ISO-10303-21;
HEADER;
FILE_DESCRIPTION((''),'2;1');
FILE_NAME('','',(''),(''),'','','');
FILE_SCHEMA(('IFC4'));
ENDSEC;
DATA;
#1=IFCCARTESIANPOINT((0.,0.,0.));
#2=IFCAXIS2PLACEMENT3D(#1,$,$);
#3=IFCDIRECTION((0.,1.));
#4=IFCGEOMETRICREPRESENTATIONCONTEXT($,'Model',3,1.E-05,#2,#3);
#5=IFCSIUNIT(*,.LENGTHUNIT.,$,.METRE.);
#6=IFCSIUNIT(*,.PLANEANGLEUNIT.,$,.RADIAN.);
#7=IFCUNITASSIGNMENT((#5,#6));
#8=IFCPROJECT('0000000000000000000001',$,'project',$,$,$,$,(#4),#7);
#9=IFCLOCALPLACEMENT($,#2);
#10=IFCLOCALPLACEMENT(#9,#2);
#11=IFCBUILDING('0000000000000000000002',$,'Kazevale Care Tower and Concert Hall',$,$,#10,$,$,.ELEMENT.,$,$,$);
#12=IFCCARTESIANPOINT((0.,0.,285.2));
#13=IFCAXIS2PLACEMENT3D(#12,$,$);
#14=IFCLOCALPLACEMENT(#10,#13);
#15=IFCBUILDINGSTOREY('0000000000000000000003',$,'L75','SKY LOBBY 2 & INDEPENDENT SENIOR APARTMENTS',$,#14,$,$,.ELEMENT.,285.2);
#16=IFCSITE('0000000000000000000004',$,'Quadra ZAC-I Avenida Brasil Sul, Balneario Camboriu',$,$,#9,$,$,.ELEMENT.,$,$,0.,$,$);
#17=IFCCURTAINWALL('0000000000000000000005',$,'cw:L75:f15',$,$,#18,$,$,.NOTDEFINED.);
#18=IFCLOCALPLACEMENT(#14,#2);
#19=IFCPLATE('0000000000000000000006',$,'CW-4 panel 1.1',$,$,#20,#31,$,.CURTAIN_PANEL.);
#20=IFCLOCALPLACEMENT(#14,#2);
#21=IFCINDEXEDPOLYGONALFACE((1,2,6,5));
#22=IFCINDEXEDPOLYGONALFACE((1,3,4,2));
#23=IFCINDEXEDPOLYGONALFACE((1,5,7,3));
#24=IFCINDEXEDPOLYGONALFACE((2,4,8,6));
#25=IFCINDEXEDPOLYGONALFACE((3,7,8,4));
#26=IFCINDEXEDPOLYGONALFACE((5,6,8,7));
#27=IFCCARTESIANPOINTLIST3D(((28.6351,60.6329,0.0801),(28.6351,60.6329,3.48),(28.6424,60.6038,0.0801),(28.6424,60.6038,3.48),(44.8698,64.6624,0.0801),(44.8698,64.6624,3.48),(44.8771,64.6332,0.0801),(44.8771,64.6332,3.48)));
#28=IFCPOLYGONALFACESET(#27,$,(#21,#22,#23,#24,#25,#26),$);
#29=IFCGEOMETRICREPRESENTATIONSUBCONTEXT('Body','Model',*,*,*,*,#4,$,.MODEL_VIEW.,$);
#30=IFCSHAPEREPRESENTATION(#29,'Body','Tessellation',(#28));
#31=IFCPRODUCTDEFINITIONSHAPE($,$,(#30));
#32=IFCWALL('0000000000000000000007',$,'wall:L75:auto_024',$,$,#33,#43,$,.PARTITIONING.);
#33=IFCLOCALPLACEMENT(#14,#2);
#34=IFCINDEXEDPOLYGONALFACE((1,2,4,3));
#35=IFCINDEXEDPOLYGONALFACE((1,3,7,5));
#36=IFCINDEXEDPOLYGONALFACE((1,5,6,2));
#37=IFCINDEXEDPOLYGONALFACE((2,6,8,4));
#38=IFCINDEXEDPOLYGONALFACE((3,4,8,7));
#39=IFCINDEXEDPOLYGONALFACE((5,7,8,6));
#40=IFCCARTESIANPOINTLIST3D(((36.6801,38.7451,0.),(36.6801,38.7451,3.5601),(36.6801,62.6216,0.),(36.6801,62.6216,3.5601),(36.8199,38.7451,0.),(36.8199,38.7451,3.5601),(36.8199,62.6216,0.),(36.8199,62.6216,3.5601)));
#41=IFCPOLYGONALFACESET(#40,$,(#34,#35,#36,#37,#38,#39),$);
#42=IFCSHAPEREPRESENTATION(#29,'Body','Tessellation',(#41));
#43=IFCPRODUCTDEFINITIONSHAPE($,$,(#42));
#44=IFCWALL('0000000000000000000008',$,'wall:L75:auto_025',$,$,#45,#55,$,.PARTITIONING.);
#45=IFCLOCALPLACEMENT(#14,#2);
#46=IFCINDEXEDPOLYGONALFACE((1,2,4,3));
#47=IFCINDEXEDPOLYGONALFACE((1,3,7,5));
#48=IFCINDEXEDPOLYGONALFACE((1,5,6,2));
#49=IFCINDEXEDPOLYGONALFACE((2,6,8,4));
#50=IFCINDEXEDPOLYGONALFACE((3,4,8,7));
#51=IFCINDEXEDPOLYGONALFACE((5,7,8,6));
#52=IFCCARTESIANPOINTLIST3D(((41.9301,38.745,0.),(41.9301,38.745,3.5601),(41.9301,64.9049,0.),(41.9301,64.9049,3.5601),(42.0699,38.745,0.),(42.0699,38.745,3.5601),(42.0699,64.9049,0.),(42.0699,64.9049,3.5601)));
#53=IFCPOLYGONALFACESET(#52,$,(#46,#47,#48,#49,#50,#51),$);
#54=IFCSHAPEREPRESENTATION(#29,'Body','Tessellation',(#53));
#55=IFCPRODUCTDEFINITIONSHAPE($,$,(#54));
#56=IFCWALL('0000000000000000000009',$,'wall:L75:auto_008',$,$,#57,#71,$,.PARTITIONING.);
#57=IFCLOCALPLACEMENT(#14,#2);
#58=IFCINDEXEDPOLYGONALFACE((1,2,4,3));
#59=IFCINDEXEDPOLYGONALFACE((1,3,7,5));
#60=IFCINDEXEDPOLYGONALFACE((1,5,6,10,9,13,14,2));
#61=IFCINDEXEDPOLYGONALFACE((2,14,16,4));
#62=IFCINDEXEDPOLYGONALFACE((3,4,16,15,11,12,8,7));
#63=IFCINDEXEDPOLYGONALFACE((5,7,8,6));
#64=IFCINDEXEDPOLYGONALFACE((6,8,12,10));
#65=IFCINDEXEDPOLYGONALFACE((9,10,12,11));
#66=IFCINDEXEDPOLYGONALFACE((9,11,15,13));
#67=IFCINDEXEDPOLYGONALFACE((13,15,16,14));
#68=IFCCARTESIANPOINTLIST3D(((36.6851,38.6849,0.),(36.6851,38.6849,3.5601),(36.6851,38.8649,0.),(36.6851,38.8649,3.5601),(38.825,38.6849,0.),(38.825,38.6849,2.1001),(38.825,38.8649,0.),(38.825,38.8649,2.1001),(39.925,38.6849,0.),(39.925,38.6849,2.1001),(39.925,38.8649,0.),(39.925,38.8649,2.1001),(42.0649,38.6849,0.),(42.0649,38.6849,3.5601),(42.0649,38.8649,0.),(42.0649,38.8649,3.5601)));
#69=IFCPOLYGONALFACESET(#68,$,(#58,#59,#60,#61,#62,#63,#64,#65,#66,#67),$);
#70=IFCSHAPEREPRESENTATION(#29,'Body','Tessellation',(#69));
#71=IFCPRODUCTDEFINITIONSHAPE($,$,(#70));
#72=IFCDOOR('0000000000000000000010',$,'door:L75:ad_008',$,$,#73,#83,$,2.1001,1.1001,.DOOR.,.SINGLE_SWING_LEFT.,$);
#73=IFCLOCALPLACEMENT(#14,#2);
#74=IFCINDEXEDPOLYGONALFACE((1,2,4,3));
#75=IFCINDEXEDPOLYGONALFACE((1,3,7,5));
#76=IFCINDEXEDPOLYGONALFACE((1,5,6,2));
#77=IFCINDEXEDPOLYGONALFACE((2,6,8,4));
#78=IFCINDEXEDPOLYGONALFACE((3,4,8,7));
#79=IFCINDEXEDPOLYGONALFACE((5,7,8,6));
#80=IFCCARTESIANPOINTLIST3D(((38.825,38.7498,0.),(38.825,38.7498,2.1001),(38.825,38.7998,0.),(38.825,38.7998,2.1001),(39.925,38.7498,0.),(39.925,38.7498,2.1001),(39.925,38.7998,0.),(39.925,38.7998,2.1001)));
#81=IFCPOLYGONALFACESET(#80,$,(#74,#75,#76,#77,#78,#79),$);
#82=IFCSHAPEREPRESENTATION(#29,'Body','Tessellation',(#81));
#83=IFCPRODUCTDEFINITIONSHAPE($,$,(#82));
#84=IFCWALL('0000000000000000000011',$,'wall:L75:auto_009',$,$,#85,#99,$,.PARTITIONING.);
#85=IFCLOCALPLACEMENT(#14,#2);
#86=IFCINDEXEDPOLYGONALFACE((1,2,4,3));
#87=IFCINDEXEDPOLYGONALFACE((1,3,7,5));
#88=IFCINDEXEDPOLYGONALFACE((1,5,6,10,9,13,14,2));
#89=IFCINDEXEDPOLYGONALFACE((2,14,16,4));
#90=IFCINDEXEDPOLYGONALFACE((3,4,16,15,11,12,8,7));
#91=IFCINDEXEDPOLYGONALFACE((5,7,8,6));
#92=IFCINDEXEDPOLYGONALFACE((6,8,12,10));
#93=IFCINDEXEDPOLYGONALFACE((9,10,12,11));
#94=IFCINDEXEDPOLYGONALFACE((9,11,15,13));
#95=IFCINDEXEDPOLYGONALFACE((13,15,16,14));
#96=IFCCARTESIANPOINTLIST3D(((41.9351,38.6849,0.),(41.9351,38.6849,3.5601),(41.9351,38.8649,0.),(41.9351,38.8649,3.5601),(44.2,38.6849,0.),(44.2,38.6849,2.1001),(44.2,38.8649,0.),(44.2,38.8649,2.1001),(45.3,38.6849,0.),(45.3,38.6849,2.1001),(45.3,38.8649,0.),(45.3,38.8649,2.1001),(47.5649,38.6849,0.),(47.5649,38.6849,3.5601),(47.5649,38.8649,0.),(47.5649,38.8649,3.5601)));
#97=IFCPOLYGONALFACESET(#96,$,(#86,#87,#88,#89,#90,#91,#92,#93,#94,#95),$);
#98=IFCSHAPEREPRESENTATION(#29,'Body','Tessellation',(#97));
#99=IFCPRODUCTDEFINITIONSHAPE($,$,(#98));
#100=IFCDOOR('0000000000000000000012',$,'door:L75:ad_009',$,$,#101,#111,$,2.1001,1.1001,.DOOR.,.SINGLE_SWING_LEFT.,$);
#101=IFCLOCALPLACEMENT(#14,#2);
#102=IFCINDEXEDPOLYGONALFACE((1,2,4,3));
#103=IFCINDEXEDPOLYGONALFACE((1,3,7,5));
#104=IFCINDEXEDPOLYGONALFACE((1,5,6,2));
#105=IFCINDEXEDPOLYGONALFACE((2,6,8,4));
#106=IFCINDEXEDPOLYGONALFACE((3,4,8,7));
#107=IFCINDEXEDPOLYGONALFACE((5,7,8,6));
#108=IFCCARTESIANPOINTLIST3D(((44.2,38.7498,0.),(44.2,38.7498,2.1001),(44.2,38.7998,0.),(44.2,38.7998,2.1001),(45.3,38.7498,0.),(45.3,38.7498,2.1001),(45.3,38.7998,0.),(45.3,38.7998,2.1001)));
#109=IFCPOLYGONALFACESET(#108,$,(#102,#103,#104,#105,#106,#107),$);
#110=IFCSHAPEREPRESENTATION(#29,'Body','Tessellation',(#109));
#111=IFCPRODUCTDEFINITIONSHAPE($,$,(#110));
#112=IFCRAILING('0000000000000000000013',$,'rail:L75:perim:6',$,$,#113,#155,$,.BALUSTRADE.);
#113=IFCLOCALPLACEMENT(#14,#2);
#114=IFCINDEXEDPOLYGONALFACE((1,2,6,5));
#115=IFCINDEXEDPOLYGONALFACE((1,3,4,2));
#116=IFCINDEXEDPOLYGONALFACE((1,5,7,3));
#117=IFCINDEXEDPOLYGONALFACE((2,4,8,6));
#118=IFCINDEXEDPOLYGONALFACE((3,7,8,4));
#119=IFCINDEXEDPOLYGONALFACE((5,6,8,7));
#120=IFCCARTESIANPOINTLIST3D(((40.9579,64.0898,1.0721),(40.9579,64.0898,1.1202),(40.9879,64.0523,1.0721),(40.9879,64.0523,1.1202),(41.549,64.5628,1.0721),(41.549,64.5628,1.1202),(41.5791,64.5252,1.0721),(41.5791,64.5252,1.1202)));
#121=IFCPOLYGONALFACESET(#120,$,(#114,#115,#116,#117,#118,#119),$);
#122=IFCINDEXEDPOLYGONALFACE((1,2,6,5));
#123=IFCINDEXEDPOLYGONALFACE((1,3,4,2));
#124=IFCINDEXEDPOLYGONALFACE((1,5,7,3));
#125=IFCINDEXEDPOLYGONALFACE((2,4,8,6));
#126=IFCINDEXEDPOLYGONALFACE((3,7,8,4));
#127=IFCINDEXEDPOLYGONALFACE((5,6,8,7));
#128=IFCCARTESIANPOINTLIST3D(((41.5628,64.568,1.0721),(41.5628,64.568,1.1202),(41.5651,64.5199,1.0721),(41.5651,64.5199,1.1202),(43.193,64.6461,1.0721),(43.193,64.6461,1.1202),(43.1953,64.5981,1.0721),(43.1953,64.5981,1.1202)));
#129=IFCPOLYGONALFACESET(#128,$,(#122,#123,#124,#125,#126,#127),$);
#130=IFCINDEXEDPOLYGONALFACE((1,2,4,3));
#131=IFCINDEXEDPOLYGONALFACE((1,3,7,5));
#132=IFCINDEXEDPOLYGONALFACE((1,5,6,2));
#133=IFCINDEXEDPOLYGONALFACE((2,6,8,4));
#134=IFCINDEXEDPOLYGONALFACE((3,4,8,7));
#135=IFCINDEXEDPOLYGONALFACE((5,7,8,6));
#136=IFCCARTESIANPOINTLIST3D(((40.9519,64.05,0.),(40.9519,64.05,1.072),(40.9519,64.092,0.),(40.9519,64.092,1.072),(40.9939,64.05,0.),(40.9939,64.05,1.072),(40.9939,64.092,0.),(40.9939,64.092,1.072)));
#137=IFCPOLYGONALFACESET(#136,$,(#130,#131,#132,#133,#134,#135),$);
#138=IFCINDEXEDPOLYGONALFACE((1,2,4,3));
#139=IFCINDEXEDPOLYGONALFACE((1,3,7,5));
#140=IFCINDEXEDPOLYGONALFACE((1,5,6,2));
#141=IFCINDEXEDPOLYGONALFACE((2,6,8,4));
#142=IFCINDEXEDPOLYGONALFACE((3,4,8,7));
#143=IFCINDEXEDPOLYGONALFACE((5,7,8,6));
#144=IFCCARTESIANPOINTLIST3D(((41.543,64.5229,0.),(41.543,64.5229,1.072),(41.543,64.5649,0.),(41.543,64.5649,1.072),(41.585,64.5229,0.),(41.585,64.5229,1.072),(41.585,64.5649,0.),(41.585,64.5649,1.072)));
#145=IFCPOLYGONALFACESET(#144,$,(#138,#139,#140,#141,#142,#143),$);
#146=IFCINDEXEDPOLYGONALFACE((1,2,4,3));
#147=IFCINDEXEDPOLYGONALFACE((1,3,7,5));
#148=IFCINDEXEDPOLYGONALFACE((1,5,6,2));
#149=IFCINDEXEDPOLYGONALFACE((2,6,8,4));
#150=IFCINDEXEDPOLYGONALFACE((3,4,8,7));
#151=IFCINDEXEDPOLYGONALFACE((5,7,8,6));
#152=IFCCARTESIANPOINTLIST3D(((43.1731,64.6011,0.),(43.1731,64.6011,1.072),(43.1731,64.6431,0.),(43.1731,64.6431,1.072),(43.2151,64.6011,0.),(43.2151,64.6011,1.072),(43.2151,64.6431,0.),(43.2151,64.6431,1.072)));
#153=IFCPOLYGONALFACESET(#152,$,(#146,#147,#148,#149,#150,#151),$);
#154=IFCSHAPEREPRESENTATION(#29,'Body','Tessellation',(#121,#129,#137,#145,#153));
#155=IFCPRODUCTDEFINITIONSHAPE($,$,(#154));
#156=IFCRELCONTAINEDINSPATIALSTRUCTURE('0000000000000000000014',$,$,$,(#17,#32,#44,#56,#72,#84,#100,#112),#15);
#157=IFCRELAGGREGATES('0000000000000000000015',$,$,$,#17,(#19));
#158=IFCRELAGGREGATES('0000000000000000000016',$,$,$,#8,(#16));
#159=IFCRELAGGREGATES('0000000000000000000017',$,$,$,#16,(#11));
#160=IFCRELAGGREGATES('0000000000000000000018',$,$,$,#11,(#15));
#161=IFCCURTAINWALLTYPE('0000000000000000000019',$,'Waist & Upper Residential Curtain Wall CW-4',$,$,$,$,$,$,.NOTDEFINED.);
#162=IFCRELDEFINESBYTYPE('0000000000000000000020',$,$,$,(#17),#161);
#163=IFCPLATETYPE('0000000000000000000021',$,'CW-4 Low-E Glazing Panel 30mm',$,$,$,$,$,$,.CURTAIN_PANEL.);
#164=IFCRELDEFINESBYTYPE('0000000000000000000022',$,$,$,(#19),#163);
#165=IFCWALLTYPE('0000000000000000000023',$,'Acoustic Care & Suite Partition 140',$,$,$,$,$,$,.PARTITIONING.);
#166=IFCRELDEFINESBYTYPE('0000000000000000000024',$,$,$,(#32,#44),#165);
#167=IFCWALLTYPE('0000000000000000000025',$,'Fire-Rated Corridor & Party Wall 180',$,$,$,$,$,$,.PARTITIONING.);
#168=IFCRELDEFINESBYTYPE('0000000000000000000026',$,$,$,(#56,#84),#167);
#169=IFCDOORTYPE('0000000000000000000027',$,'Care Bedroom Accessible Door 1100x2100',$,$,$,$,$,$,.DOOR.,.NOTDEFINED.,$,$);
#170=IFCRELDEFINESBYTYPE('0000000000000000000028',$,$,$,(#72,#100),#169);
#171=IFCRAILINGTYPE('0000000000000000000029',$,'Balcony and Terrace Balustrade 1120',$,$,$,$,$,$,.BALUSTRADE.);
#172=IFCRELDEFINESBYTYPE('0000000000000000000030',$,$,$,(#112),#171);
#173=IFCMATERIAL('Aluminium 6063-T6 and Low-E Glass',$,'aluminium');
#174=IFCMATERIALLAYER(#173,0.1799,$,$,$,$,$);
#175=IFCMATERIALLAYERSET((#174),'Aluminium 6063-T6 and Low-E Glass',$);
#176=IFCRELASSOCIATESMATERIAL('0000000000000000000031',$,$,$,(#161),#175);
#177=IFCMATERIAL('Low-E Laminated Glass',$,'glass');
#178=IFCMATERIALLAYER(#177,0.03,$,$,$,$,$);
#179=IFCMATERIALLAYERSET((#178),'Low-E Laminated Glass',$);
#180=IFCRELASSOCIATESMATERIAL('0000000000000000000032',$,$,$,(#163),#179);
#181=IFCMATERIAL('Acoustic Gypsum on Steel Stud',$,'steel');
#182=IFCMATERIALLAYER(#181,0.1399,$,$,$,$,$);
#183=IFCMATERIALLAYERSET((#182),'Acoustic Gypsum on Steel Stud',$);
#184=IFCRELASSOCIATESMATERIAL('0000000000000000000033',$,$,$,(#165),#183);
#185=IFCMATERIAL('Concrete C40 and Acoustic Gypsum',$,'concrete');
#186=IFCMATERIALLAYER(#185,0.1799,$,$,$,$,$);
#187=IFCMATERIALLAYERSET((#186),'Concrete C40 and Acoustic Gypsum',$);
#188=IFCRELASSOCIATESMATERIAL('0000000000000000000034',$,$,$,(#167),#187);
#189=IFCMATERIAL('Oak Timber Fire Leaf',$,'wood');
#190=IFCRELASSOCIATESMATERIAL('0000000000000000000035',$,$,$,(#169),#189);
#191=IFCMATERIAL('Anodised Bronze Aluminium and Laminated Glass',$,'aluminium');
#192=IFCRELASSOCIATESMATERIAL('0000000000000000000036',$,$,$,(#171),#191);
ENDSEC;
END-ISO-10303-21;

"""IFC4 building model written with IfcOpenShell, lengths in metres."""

from ifc_helpers import new_model, si_unit, direction, frame, frame_2d, origin, origin_2d, place, context, subcontext, project, spatial, rectangle, extrude, material, layer, layer_set, type_object, element, fill, aggregate, save


model = new_model("IFC4")

# Units and contexts
model_context = context("Model", 3, precision=1e-05, world=origin(), true_north=direction((0.0, 1.0)))
body_context = subcontext(model_context, "Body", "Model", "MODEL_VIEW")
ifc_project = project(units=[si_unit("LENGTHUNIT", "METRE"), si_unit("PLANEANGLEUNIT", "RADIAN")], contexts=[model_context])

# Site, building, storey
site_placement = place(None, origin())
site = spatial("IfcSite", under=ifc_project, at=site_placement, Name="Quadra ZAC-I Avenida Brasil Sul, Balneario Camboriu", CompositionType="ELEMENT", RefElevation=0.0)
building_placement = place(site_placement, origin())
building = spatial("IfcBuilding", under=site, at=building_placement, Name="Kazevale Care Tower and Concert Hall", CompositionType="ELEMENT")
storey_placement = place(building_placement, frame((0.0, 0.0, 285.2)))
storey = spatial("IfcBuildingStorey", under=building, at=storey_placement, Name="L75", Description="SKY LOBBY 2 & INDEPENDENT SENIOR APARTMENTS", CompositionType="ELEMENT", Elevation=285.2)

# Shared definitions
ifc_material_1 = material(Name="Aluminium 6063-T6 and Low-E Glass", Category="aluminium")

# Curtain wall
ifc_layer_1 = layer(ifc_material_1, 0.1799)
ifc_layer_set_1 = layer_set([ifc_layer_1], Name="Aluminium 6063-T6 and Low-E Glass")
curtain_wall_type_1 = type_object("IfcCurtainWallType", Name="Waist & Upper Residential Curtain Wall CW-4", PredefinedType="NOTDEFINED", material=ifc_layer_set_1)
curtain_wall_1_placement = place(storey_placement, origin())
curtain_wall_1 = element("IfcCurtainWall", 1, at=curtain_wall_1_placement, inside=storey, type_object=curtain_wall_type_1, Name="cw:L75:f15", PredefinedType="NOTDEFINED")

# Plate
ifc_material_2 = material(Name="Low-E Laminated Glass", Category="glass")
ifc_layer_2 = layer(ifc_material_2, 0.03)
ifc_layer_set_2 = layer_set([ifc_layer_2], Name="Low-E Laminated Glass")
plate_type = type_object("IfcPlateType", Name="CW-4 Low-E Glazing Panel 30mm", PredefinedType="CURTAIN_PANEL", material=ifc_layer_set_2)
plate_placement = place(storey_placement, frame((36.7561, 62.6331, 0.0801), z_axis=(0.0, 0.0, 1.0), x_axis=(0.970552, 0.240891, 0.0)))
plate = element("IfcPlate", 2, at=plate_placement, type_object=plate_type, Name="CW-4 panel 1.1", PredefinedType="CURTAIN_PANEL", context=body_context, shape_type="SweptSolid", body=[
    extrude(rectangle(XDim=16.7273, YDim=0.03, at=origin_2d()), origin(), (0.0, 0.0, 1.0), 3.3999),
])
aggregate(curtain_wall_1, [plate])

# Walls
ifc_material_3 = material(Name="Acoustic Gypsum on Steel Stud", Category="steel")
ifc_layer_3 = layer(ifc_material_3, 0.1399)
ifc_layer_set_3 = layer_set([ifc_layer_3], Name="Acoustic Gypsum on Steel Stud")
wall_type_1 = type_object("IfcWallType", Name="Acoustic Care & Suite Partition 140", PredefinedType="PARTITIONING", material=ifc_layer_set_3)
wall_1_placement = place(storey_placement, frame((36.75, 62.6216, 0.0), z_axis=(0.0, 0.0, 1.0), x_axis=(0.0, -1.0, 0.0)))
element("IfcWall", 3, at=wall_1_placement, inside=storey, type_object=wall_type_1, Name="wall:L75:auto_024", PredefinedType="PARTITIONING", context=body_context, shape_type="SweptSolid", body=[
    extrude(rectangle(XDim=23.8765, YDim=0.1399, at=frame_2d((11.9382, 0.0))), origin(), (0.0, 0.0, 1.0), 3.5601),
])
wall_2_placement = place(storey_placement, frame((42.0, 64.905, 0.0), z_axis=(0.0, 0.0, 1.0), x_axis=(0.0, -1.0, 0.0)))
element("IfcWall", 4, at=wall_2_placement, inside=storey, type_object=wall_type_1, Name="wall:L75:auto_025", PredefinedType="PARTITIONING", context=body_context, shape_type="SweptSolid", body=[
    extrude(rectangle(XDim=26.1599, YDim=0.1399, at=frame_2d((13.0801, 0.0))), origin(), (0.0, 0.0, 1.0), 3.5601),
])

# Walls, openings, doors
ifc_material_4 = material(Name="Concrete C40 and Acoustic Gypsum", Category="concrete")
ifc_layer_4 = layer(ifc_material_4, 0.1799)
ifc_layer_set_4 = layer_set([ifc_layer_4], Name="Concrete C40 and Acoustic Gypsum")
wall_type_2 = type_object("IfcWallType", Name="Fire-Rated Corridor & Party Wall 180", PredefinedType="PARTITIONING", material=ifc_layer_set_4)
wall_3_placement = place(storey_placement, frame((36.6851, 38.7749, 0.0), z_axis=(0.0, 0.0, 1.0), x_axis=(1.0, 0.0, 0.0)))
wall_3 = element("IfcWall", 5, at=wall_3_placement, inside=storey, type_object=wall_type_2, Name="wall:L75:auto_008", PredefinedType="PARTITIONING", context=body_context, shape_type="SweptSolid", body=[
    extrude(rectangle(XDim=5.3799, YDim=0.1799, at=frame_2d((2.6899, 0.0))), origin(), (0.0, 0.0, 1.0), 3.5601),
])
opening_1_placement = place(wall_3_placement, frame((2.1399, 0.0, 0.0)))
opening_1 = element("IfcOpeningElement", 6, at=opening_1_placement, cuts=wall_3, PredefinedType="OPENING", context=body_context, shape_type="SweptSolid", body=[
    extrude(rectangle(XDim=1.1001, YDim=2.1001, at=frame_2d((0.55, 1.05))), frame((0.0, 0.0999, 0.0), z_axis=(0.0, -1.0, 0.0), x_axis=(1.0, 0.0, 0.0)), (0.0, 0.0, 1.0), 0.2),
])
ifc_material_5 = material(Name="Oak Timber Fire Leaf", Category="wood")
door_type = type_object("IfcDoorType", Name="Care Bedroom Accessible Door 1100x2100", OperationType="NOTDEFINED", PredefinedType="DOOR", material=ifc_material_5)
door_1_placement = place(opening_1_placement, origin())
door_1 = element("IfcDoor", 7, at=door_1_placement, inside=storey, type_object=door_type, Name="door:L75:ad_008", OperationType="SINGLE_SWING_LEFT", OverallHeight=2.1001, OverallWidth=1.1001, PredefinedType="DOOR", context=body_context, shape_type="SweptSolid", body=[
    extrude(rectangle(XDim=1.1001, YDim=2.1001, at=frame_2d((0.55, 1.05))), frame((0.0, 0.0249, 0.0), z_axis=(0.0, -1.0, 0.0), x_axis=(1.0, 0.0, 0.0)), (0.0, 0.0, 1.0), 0.05),
])
fill(opening_1, door_1)
wall_4_placement = place(storey_placement, frame((41.9351, 38.7749, 0.0), z_axis=(0.0, 0.0, 1.0), x_axis=(1.0, 0.0, 0.0)))
wall_4 = element("IfcWall", 8, at=wall_4_placement, inside=storey, type_object=wall_type_2, Name="wall:L75:auto_009", PredefinedType="PARTITIONING", context=body_context, shape_type="SweptSolid", body=[
    extrude(rectangle(XDim=5.6299, YDim=0.1799, at=frame_2d((2.8149, 0.0))), origin(), (0.0, 0.0, 1.0), 3.5601),
])
opening_2_placement = place(wall_4_placement, frame((2.2649, 0.0, 0.0)))
opening_2 = element("IfcOpeningElement", 9, at=opening_2_placement, cuts=wall_4, PredefinedType="OPENING", context=body_context, shape_type="SweptSolid", body=[
    extrude(rectangle(XDim=1.1001, YDim=2.1001, at=frame_2d((0.55, 1.05))), frame((0.0, 0.0999, 0.0), z_axis=(0.0, -1.0, 0.0), x_axis=(1.0, 0.0, 0.0)), (0.0, 0.0, 1.0), 0.2),
])
door_2_placement = place(opening_2_placement, origin())
door_2 = element("IfcDoor", 10, at=door_2_placement, inside=storey, type_object=door_type, Name="door:L75:ad_009", OperationType="SINGLE_SWING_LEFT", OverallHeight=2.1001, OverallWidth=1.1001, PredefinedType="DOOR", context=body_context, shape_type="SweptSolid", body=[
    extrude(rectangle(XDim=1.1001, YDim=2.1001, at=frame_2d((0.55, 1.05))), frame((0.0, 0.0249, 0.0), z_axis=(0.0, -1.0, 0.0), x_axis=(1.0, 0.0, 0.0)), (0.0, 0.0, 1.0), 0.05),
])
fill(opening_2, door_2)

# Railing
ifc_material_6 = material(Name="Anodised Bronze Aluminium and Laminated Glass", Category="aluminium")
railing_type = type_object("IfcRailingType", Name="Balcony and Terrace Balustrade 1120", PredefinedType="BALUSTRADE", material=ifc_material_6)
railing_1_placement = place(storey_placement, frame((40.9729, 64.071, 0.0)))
element("IfcRailing", 11, at=railing_1_placement, inside=storey, type_object=railing_type, Name="rail:L75:perim:6", PredefinedType="BALUSTRADE", context=body_context, shape_type="SweptSolid", body=[
    extrude(rectangle(XDim=0.0481, YDim=0.0481, at=origin_2d()), frame((0.0, 0.0, 1.0962), z_axis=(0.780837, 0.624734, 0.0), x_axis=(-0.624734, 0.780837, 0.0)), (0.0, 0.0, 1.0), 0.7571),
    extrude(rectangle(XDim=0.0481, YDim=0.0481, at=origin_2d()), frame((0.5911, 0.4729, 1.0962), z_axis=(0.998854, 0.047871, 0.0), x_axis=(-0.047871, 0.998854, 0.0)), (0.0, 0.0, 1.0), 1.6321),
    extrude(rectangle(XDim=0.042, YDim=0.042, at=origin_2d()), origin(), (0.0, 0.0, 1.0), 1.072),
    extrude(rectangle(XDim=0.042, YDim=0.042, at=origin_2d()), frame((0.5911, 0.4729, 0.0)), (0.0, 0.0, 1.0), 1.072),
    extrude(rectangle(XDim=0.042, YDim=0.042, at=origin_2d()), frame((2.2212, 0.551, 0.0)), (0.0, 0.0, 1.0), 1.072),
])

save(model, "model.ifc")
